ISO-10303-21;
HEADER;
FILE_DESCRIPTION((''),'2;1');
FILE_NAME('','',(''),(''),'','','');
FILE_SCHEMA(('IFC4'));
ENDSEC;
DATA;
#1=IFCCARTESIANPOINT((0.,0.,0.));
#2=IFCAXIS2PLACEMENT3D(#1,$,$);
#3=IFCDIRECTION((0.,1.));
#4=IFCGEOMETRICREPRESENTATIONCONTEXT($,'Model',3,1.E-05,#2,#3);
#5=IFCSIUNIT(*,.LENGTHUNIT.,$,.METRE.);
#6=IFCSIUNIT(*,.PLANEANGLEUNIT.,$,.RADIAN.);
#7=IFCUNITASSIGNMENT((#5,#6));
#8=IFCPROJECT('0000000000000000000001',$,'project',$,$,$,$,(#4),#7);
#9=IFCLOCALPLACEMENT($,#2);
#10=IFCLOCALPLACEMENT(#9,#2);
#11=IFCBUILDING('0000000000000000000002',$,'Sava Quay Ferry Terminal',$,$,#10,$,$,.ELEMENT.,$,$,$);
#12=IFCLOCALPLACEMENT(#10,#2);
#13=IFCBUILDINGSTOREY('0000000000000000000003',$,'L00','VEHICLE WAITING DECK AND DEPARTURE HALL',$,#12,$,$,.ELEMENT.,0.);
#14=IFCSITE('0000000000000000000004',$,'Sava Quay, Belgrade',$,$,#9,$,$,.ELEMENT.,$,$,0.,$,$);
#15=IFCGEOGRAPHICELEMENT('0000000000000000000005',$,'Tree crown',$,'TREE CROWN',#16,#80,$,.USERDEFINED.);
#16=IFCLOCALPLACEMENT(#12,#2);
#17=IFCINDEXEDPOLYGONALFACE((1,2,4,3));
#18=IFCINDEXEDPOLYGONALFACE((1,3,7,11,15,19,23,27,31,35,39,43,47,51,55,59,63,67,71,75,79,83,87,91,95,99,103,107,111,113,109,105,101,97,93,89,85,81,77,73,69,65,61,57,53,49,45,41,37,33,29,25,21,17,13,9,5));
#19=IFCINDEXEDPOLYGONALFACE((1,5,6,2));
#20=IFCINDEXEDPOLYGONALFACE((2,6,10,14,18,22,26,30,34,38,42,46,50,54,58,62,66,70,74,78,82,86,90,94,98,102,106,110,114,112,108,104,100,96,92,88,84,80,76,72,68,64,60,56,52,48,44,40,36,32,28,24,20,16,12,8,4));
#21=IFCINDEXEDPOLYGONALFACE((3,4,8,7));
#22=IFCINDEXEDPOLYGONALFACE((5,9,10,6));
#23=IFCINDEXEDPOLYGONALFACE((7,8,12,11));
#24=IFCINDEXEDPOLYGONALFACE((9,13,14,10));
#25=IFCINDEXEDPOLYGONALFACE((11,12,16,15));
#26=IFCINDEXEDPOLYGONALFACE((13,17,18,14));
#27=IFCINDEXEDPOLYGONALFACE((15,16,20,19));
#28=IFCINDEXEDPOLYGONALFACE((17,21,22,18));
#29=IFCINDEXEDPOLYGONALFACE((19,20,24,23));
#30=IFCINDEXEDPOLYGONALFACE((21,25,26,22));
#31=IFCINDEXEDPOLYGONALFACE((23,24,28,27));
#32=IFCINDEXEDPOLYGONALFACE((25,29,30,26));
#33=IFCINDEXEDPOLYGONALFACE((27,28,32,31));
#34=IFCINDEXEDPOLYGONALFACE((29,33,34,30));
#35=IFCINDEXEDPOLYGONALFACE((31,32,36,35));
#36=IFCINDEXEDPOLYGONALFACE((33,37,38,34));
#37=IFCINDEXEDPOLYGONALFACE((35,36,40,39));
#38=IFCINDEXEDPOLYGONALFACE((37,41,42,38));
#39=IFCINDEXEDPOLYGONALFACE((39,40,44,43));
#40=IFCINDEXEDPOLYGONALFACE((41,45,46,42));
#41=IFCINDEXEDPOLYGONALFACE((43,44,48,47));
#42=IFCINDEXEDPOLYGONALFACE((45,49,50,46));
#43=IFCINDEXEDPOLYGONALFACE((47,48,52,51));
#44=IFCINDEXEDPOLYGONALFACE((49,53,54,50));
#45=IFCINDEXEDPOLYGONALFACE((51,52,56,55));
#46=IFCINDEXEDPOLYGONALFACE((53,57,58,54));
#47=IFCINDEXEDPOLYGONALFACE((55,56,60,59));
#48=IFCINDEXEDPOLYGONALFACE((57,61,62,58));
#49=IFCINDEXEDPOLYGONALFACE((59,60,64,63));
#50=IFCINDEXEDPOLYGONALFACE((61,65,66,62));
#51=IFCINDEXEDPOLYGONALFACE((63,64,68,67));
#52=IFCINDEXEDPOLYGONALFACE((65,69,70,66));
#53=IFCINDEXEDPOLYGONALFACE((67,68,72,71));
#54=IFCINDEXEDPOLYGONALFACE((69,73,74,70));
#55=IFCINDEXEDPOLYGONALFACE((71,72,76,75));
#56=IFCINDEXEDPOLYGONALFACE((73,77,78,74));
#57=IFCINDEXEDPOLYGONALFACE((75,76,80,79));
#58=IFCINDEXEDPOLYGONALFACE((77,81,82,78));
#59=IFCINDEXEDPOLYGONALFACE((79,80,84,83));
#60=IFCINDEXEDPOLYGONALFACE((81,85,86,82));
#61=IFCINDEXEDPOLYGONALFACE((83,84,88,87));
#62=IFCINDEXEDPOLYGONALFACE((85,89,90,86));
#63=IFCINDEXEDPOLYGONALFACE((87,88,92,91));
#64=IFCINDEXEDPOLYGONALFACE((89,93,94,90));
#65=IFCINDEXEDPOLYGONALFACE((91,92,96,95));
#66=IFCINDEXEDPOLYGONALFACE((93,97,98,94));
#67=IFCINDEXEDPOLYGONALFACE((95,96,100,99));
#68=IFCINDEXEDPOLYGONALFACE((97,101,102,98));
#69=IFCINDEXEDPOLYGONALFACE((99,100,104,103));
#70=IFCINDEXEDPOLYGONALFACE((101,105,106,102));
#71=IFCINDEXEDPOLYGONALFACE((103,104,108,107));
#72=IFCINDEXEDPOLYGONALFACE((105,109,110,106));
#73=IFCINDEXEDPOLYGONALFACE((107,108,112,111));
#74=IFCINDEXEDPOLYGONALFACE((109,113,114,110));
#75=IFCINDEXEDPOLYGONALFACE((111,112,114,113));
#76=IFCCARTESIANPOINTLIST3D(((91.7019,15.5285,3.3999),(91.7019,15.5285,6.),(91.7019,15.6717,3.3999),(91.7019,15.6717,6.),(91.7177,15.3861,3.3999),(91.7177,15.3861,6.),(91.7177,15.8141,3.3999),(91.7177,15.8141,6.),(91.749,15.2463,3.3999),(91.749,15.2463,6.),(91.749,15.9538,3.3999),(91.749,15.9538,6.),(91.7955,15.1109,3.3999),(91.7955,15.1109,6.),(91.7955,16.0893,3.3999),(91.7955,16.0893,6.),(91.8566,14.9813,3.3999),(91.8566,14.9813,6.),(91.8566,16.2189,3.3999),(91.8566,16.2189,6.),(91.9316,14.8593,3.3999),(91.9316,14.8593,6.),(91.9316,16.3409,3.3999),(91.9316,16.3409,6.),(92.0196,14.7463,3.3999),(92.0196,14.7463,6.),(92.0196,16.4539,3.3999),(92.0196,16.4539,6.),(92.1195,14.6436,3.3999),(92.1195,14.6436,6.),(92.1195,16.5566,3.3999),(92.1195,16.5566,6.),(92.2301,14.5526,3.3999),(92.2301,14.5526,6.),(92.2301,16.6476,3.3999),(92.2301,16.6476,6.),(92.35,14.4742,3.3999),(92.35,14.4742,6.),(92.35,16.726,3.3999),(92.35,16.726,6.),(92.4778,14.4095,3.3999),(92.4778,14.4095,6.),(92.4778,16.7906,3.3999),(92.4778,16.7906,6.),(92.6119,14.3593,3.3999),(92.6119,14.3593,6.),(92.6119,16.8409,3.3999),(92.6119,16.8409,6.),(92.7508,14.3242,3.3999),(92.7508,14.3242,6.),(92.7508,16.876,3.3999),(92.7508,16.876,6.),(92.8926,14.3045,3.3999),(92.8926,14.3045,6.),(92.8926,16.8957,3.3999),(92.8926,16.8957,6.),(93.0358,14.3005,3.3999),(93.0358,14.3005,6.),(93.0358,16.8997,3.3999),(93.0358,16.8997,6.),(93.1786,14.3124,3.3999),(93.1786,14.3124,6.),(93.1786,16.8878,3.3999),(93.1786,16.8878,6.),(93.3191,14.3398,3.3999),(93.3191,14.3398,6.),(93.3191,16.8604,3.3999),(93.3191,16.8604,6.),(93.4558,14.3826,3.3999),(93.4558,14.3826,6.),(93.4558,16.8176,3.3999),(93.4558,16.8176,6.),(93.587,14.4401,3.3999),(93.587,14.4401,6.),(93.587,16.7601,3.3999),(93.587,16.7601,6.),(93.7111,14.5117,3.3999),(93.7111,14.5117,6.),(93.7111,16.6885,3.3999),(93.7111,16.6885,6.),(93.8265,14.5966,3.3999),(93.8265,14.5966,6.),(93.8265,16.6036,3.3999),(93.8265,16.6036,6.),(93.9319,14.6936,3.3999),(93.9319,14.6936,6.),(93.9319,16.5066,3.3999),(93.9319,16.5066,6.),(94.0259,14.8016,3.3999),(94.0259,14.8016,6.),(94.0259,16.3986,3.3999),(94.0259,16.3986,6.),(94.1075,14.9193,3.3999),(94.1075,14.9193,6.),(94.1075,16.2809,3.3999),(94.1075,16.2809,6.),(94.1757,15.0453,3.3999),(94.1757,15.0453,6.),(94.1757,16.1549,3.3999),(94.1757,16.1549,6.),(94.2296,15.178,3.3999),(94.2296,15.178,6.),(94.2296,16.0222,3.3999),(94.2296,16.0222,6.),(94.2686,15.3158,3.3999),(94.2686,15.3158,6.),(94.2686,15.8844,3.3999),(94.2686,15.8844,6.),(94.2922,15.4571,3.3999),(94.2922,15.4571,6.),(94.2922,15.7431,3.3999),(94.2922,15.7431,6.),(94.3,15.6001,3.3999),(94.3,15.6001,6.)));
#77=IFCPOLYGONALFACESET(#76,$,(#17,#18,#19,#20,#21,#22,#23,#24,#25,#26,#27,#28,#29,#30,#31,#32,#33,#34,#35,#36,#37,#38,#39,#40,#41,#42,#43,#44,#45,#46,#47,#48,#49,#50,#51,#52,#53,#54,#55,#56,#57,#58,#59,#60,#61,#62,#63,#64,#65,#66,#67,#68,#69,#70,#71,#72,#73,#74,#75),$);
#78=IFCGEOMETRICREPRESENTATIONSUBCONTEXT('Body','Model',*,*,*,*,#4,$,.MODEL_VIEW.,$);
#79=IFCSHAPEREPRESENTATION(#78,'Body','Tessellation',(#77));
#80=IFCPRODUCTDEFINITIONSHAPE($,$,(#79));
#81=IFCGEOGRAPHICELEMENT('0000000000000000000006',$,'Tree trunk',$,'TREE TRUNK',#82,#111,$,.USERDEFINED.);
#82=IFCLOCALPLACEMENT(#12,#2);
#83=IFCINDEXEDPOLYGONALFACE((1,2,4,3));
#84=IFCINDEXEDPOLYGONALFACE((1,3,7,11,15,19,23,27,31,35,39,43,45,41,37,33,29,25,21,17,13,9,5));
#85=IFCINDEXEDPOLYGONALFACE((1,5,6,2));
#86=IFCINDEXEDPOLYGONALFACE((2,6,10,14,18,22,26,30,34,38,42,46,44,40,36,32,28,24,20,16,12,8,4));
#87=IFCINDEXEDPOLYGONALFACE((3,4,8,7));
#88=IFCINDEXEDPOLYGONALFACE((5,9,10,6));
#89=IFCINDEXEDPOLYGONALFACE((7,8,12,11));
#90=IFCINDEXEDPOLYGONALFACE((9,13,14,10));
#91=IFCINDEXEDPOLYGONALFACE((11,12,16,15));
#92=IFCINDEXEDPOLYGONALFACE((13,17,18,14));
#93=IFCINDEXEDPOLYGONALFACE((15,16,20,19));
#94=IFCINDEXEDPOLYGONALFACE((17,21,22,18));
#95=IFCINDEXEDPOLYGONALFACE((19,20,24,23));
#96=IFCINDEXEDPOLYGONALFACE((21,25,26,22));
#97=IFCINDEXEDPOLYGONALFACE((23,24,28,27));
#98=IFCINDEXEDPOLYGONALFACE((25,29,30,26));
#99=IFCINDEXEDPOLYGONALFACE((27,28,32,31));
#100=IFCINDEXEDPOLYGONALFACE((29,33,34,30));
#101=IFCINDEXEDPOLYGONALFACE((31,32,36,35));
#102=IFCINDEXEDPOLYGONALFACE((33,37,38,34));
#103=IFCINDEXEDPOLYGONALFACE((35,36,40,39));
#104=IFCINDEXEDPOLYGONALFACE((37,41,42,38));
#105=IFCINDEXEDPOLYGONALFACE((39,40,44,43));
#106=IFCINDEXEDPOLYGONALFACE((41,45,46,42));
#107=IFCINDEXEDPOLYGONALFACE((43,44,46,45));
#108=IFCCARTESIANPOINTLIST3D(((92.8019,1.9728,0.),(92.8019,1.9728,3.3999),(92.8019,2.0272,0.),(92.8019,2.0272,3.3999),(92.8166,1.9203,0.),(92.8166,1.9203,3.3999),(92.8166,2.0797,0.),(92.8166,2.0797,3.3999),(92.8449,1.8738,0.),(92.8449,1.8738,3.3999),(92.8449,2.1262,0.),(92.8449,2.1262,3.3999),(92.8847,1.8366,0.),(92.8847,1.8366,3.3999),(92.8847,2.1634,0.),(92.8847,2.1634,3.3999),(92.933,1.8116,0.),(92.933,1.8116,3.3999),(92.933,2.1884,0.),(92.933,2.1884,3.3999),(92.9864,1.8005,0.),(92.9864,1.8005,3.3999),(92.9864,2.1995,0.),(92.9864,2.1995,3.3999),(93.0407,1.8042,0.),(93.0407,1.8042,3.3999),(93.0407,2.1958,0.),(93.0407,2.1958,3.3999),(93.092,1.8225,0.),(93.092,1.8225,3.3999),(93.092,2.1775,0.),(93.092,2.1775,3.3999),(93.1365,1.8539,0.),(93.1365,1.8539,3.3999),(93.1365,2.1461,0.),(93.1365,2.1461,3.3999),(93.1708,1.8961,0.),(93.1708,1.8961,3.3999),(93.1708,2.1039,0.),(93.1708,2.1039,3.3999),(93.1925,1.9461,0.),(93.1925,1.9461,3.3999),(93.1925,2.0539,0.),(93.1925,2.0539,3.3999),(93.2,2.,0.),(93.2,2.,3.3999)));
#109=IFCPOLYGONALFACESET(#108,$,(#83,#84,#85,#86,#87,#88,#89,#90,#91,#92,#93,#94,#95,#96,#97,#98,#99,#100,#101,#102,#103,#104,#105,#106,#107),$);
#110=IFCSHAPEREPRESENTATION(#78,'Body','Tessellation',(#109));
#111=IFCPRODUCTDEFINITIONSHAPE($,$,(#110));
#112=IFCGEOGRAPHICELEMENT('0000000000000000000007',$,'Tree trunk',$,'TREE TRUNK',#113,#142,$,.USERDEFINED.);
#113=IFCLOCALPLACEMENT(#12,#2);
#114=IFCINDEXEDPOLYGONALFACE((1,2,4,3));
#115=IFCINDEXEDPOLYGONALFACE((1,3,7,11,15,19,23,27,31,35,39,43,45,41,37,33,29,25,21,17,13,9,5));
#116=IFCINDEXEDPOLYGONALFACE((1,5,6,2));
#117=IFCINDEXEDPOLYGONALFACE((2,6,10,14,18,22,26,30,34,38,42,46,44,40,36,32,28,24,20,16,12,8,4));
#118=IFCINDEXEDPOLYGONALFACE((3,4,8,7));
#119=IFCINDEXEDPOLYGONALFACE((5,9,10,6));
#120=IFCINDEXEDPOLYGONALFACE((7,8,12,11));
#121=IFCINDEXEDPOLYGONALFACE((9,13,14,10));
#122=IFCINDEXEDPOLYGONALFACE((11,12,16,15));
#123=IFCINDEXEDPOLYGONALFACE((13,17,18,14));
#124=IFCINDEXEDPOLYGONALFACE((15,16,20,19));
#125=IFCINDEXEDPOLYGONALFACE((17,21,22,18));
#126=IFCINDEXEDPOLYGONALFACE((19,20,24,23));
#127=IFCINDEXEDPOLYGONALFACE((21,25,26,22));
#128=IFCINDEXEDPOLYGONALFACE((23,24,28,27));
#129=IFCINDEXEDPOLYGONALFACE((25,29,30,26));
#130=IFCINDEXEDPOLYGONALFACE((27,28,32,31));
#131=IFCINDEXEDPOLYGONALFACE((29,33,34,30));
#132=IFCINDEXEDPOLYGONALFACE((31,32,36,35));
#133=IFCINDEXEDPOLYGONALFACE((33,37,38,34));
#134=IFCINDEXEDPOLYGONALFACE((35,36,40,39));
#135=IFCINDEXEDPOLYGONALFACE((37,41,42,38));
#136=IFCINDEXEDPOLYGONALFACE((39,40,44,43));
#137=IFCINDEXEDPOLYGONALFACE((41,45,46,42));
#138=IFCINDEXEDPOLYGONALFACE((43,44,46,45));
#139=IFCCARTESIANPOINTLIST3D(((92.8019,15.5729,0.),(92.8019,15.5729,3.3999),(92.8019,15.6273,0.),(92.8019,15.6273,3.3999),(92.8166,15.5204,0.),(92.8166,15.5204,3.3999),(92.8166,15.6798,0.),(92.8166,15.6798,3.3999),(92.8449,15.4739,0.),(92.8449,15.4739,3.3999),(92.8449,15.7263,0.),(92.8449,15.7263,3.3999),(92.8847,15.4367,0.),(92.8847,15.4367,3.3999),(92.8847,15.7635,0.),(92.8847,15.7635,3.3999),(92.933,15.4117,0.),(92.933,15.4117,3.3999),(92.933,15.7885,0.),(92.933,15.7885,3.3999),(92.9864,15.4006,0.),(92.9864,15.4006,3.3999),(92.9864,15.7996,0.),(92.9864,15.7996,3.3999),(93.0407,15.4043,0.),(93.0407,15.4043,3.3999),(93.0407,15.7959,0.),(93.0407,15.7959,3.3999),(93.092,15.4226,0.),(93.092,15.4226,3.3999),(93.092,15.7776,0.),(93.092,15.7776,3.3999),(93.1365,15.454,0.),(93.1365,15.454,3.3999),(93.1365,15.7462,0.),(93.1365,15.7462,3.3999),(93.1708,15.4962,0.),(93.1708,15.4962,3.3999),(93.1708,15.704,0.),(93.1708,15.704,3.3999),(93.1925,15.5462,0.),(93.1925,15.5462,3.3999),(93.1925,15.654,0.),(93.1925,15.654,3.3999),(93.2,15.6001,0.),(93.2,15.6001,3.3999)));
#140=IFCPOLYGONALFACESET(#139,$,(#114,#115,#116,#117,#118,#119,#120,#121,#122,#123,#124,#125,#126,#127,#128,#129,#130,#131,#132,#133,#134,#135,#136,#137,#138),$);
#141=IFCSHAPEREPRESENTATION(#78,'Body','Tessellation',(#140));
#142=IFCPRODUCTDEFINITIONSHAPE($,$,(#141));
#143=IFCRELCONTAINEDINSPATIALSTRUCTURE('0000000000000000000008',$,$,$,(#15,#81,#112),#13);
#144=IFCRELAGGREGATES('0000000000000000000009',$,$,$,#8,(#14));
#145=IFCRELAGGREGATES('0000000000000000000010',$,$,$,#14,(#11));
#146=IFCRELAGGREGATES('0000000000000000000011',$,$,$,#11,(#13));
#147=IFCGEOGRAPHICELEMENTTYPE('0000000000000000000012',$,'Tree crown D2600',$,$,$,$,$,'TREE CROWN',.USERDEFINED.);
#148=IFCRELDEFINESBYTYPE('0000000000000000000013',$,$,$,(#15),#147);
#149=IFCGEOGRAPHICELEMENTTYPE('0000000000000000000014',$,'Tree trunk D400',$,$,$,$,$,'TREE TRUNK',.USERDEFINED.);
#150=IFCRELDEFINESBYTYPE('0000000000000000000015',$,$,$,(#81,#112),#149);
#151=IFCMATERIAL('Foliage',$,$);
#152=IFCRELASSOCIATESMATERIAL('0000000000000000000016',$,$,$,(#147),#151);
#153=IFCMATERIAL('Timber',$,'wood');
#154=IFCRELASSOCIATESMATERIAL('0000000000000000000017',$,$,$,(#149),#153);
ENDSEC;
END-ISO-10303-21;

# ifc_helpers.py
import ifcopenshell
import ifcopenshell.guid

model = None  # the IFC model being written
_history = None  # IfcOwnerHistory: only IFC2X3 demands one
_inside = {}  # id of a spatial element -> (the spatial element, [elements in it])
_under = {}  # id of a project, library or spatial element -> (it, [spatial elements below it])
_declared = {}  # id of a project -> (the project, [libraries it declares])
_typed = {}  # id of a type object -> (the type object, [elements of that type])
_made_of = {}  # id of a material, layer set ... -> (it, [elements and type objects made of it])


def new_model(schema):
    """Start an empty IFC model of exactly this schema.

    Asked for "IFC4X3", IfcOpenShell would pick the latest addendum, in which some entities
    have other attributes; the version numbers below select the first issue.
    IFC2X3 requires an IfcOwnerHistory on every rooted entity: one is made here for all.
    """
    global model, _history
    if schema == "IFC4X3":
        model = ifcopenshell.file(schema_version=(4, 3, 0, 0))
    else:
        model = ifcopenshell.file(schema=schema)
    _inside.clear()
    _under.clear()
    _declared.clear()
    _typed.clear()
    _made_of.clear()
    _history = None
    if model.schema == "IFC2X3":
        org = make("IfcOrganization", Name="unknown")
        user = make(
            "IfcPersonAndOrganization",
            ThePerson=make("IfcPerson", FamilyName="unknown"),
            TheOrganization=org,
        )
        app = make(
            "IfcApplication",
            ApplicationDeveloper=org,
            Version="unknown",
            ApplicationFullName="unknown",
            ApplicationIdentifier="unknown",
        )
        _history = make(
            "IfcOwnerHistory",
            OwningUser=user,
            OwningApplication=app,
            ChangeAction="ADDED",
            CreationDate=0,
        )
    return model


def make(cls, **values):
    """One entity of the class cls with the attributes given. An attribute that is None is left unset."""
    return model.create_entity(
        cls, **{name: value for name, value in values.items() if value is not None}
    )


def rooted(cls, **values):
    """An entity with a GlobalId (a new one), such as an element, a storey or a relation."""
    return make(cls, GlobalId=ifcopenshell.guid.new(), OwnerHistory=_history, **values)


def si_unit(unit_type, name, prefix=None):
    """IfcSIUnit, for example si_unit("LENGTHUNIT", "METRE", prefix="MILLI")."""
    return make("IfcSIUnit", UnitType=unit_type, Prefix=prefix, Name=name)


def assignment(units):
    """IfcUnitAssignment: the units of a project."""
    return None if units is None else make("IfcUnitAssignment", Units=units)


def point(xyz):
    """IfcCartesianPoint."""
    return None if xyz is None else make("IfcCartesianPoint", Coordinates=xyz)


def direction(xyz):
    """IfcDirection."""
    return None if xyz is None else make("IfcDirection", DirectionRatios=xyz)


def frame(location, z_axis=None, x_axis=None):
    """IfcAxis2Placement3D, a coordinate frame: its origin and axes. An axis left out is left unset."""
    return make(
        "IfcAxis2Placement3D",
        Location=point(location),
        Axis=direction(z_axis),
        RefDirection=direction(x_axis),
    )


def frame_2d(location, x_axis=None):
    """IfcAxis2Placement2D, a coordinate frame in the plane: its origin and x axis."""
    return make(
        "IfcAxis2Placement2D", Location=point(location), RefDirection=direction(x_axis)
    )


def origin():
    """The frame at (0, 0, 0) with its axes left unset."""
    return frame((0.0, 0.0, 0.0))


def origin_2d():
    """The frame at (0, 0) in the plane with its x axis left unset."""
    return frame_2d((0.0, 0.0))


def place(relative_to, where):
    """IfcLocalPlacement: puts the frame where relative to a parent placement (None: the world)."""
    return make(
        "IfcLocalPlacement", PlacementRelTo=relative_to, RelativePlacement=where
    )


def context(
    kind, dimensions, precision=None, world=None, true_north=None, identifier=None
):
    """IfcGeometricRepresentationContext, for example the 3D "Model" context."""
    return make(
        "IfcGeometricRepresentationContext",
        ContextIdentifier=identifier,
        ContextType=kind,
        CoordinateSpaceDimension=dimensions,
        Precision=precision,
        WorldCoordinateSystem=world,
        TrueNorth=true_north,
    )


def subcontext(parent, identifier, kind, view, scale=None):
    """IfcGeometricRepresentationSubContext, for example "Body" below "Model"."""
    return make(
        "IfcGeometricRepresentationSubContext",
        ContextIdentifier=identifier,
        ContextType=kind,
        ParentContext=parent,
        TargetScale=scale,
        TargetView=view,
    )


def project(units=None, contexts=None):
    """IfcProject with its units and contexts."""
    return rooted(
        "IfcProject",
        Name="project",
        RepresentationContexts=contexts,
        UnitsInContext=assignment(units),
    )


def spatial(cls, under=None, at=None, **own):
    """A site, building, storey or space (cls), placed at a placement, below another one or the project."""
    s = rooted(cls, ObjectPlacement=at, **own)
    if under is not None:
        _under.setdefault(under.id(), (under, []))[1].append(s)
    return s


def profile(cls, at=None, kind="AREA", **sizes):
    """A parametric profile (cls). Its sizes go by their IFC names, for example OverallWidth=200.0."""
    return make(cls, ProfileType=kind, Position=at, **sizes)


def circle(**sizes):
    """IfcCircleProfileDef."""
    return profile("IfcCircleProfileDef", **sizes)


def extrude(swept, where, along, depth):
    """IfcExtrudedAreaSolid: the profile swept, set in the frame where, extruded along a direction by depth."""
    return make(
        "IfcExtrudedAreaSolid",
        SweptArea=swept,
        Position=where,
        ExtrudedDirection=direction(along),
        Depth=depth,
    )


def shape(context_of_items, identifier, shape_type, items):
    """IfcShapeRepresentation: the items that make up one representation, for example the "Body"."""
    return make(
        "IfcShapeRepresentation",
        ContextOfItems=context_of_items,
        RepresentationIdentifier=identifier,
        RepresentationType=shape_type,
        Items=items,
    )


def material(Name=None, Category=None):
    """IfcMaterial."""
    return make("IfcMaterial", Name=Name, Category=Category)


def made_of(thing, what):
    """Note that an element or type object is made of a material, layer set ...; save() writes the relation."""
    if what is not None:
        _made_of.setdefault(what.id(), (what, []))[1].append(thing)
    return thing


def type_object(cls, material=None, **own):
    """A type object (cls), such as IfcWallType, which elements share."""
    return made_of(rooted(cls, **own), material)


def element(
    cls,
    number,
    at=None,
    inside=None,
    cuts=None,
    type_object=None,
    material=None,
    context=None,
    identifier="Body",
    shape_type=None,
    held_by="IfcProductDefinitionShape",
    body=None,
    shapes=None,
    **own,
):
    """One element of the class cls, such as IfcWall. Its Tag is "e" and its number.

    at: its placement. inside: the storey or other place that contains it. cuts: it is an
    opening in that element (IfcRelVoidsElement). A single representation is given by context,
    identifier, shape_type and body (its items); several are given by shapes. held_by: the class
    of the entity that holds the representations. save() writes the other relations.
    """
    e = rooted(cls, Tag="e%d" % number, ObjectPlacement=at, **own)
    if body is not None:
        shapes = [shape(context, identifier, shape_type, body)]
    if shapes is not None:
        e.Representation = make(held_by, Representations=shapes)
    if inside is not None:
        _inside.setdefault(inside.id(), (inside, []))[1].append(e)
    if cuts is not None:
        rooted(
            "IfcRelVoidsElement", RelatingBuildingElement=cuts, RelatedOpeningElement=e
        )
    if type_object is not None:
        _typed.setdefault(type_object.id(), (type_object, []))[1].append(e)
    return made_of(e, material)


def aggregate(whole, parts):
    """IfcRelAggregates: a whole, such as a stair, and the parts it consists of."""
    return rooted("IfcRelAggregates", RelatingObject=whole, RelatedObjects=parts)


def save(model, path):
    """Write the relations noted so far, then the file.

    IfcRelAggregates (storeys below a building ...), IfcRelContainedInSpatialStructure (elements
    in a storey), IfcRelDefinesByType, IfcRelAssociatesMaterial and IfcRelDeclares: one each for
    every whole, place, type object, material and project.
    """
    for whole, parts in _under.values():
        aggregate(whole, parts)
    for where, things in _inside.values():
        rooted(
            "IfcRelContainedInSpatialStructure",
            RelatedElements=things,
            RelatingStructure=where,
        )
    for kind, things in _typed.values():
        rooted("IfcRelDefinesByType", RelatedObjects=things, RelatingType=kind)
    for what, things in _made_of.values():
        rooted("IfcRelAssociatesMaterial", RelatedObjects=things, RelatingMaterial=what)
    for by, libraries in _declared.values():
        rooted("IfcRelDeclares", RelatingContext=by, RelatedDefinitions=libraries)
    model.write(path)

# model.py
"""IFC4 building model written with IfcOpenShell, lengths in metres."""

from ifc_helpers import new_model, si_unit, direction, frame, origin, origin_2d, place, context, subcontext, project, spatial, circle, extrude, material, type_object, element, save


model = new_model("IFC4")

# Units and contexts
model_context = context("Model", 3, precision=1e-05, world=origin(), true_north=direction((0.0, 1.0)))
body_context = subcontext(model_context, "Body", "Model", "MODEL_VIEW")
ifc_project = project(units=[si_unit("LENGTHUNIT", "METRE"), si_unit("PLANEANGLEUNIT", "RADIAN")], contexts=[model_context])

# Site, building, storey
site_placement = place(None, origin())
site = spatial("IfcSite", under=ifc_project, at=site_placement, Name="Sava Quay, Belgrade", CompositionType="ELEMENT", RefElevation=0.0)
building_placement = place(site_placement, origin())
building = spatial("IfcBuilding", under=site, at=building_placement, Name="Sava Quay Ferry Terminal", CompositionType="ELEMENT")
storey_placement = place(building_placement, origin())
storey = spatial("IfcBuildingStorey", under=building, at=storey_placement, Name="L00", Description="VEHICLE WAITING DECK AND DEPARTURE HALL", CompositionType="ELEMENT", Elevation=0.0)

# Geographic elements
ifc_material_1 = material(Name="Foliage")
geographic_element_type_1 = type_object("IfcGeographicElementType", Name="Tree crown D2600", ElementType="TREE CROWN", PredefinedType="USERDEFINED", material=ifc_material_1)
for number, where, z_axis, x_axis, name in (
    (1, (93.0, 15.6001, 6.0), (0.0, 0.0, -1.0), (1.0, 0.0, 0.0), "Tree crown"),
):
    element("IfcGeographicElement", number, at=place(storey_placement, frame(where, z_axis=z_axis, x_axis=x_axis)), inside=storey, type_object=geographic_element_type_1, Name=name, ObjectType="TREE CROWN", PredefinedType="USERDEFINED", context=body_context, shape_type="SweptSolid", body=[
        extrude(circle(Radius=1.3, at=origin_2d()), origin(), (0.0, 0.0, 1.0), 2.6001),
    ])
ifc_material_2 = material(Name="Timber", Category="wood")
geographic_element_type_2 = type_object("IfcGeographicElementType", Name="Tree trunk D400", ElementType="TREE TRUNK", PredefinedType="USERDEFINED", material=ifc_material_2)
for number, where, z_axis, x_axis, name in (
    (2, (93.0, 2.0, 3.3999), (0.0, 0.0, -1.0), (1.0, 0.0, 0.0), "Tree trunk"),
    (3, (93.0, 15.6001, 3.3999), (0.0, 0.0, -1.0), (1.0, 0.0, 0.0), "Tree trunk"),
):
    element("IfcGeographicElement", number, at=place(storey_placement, frame(where, z_axis=z_axis, x_axis=x_axis)), inside=storey, type_object=geographic_element_type_2, Name=name, ObjectType="TREE TRUNK", PredefinedType="USERDEFINED", context=body_context, shape_type="SweptSolid", body=[
        extrude(circle(Radius=0.2, at=origin_2d()), origin(), (0.0, 0.0, 1.0), 3.3999),
    ])

save(model, "model.ifc")
